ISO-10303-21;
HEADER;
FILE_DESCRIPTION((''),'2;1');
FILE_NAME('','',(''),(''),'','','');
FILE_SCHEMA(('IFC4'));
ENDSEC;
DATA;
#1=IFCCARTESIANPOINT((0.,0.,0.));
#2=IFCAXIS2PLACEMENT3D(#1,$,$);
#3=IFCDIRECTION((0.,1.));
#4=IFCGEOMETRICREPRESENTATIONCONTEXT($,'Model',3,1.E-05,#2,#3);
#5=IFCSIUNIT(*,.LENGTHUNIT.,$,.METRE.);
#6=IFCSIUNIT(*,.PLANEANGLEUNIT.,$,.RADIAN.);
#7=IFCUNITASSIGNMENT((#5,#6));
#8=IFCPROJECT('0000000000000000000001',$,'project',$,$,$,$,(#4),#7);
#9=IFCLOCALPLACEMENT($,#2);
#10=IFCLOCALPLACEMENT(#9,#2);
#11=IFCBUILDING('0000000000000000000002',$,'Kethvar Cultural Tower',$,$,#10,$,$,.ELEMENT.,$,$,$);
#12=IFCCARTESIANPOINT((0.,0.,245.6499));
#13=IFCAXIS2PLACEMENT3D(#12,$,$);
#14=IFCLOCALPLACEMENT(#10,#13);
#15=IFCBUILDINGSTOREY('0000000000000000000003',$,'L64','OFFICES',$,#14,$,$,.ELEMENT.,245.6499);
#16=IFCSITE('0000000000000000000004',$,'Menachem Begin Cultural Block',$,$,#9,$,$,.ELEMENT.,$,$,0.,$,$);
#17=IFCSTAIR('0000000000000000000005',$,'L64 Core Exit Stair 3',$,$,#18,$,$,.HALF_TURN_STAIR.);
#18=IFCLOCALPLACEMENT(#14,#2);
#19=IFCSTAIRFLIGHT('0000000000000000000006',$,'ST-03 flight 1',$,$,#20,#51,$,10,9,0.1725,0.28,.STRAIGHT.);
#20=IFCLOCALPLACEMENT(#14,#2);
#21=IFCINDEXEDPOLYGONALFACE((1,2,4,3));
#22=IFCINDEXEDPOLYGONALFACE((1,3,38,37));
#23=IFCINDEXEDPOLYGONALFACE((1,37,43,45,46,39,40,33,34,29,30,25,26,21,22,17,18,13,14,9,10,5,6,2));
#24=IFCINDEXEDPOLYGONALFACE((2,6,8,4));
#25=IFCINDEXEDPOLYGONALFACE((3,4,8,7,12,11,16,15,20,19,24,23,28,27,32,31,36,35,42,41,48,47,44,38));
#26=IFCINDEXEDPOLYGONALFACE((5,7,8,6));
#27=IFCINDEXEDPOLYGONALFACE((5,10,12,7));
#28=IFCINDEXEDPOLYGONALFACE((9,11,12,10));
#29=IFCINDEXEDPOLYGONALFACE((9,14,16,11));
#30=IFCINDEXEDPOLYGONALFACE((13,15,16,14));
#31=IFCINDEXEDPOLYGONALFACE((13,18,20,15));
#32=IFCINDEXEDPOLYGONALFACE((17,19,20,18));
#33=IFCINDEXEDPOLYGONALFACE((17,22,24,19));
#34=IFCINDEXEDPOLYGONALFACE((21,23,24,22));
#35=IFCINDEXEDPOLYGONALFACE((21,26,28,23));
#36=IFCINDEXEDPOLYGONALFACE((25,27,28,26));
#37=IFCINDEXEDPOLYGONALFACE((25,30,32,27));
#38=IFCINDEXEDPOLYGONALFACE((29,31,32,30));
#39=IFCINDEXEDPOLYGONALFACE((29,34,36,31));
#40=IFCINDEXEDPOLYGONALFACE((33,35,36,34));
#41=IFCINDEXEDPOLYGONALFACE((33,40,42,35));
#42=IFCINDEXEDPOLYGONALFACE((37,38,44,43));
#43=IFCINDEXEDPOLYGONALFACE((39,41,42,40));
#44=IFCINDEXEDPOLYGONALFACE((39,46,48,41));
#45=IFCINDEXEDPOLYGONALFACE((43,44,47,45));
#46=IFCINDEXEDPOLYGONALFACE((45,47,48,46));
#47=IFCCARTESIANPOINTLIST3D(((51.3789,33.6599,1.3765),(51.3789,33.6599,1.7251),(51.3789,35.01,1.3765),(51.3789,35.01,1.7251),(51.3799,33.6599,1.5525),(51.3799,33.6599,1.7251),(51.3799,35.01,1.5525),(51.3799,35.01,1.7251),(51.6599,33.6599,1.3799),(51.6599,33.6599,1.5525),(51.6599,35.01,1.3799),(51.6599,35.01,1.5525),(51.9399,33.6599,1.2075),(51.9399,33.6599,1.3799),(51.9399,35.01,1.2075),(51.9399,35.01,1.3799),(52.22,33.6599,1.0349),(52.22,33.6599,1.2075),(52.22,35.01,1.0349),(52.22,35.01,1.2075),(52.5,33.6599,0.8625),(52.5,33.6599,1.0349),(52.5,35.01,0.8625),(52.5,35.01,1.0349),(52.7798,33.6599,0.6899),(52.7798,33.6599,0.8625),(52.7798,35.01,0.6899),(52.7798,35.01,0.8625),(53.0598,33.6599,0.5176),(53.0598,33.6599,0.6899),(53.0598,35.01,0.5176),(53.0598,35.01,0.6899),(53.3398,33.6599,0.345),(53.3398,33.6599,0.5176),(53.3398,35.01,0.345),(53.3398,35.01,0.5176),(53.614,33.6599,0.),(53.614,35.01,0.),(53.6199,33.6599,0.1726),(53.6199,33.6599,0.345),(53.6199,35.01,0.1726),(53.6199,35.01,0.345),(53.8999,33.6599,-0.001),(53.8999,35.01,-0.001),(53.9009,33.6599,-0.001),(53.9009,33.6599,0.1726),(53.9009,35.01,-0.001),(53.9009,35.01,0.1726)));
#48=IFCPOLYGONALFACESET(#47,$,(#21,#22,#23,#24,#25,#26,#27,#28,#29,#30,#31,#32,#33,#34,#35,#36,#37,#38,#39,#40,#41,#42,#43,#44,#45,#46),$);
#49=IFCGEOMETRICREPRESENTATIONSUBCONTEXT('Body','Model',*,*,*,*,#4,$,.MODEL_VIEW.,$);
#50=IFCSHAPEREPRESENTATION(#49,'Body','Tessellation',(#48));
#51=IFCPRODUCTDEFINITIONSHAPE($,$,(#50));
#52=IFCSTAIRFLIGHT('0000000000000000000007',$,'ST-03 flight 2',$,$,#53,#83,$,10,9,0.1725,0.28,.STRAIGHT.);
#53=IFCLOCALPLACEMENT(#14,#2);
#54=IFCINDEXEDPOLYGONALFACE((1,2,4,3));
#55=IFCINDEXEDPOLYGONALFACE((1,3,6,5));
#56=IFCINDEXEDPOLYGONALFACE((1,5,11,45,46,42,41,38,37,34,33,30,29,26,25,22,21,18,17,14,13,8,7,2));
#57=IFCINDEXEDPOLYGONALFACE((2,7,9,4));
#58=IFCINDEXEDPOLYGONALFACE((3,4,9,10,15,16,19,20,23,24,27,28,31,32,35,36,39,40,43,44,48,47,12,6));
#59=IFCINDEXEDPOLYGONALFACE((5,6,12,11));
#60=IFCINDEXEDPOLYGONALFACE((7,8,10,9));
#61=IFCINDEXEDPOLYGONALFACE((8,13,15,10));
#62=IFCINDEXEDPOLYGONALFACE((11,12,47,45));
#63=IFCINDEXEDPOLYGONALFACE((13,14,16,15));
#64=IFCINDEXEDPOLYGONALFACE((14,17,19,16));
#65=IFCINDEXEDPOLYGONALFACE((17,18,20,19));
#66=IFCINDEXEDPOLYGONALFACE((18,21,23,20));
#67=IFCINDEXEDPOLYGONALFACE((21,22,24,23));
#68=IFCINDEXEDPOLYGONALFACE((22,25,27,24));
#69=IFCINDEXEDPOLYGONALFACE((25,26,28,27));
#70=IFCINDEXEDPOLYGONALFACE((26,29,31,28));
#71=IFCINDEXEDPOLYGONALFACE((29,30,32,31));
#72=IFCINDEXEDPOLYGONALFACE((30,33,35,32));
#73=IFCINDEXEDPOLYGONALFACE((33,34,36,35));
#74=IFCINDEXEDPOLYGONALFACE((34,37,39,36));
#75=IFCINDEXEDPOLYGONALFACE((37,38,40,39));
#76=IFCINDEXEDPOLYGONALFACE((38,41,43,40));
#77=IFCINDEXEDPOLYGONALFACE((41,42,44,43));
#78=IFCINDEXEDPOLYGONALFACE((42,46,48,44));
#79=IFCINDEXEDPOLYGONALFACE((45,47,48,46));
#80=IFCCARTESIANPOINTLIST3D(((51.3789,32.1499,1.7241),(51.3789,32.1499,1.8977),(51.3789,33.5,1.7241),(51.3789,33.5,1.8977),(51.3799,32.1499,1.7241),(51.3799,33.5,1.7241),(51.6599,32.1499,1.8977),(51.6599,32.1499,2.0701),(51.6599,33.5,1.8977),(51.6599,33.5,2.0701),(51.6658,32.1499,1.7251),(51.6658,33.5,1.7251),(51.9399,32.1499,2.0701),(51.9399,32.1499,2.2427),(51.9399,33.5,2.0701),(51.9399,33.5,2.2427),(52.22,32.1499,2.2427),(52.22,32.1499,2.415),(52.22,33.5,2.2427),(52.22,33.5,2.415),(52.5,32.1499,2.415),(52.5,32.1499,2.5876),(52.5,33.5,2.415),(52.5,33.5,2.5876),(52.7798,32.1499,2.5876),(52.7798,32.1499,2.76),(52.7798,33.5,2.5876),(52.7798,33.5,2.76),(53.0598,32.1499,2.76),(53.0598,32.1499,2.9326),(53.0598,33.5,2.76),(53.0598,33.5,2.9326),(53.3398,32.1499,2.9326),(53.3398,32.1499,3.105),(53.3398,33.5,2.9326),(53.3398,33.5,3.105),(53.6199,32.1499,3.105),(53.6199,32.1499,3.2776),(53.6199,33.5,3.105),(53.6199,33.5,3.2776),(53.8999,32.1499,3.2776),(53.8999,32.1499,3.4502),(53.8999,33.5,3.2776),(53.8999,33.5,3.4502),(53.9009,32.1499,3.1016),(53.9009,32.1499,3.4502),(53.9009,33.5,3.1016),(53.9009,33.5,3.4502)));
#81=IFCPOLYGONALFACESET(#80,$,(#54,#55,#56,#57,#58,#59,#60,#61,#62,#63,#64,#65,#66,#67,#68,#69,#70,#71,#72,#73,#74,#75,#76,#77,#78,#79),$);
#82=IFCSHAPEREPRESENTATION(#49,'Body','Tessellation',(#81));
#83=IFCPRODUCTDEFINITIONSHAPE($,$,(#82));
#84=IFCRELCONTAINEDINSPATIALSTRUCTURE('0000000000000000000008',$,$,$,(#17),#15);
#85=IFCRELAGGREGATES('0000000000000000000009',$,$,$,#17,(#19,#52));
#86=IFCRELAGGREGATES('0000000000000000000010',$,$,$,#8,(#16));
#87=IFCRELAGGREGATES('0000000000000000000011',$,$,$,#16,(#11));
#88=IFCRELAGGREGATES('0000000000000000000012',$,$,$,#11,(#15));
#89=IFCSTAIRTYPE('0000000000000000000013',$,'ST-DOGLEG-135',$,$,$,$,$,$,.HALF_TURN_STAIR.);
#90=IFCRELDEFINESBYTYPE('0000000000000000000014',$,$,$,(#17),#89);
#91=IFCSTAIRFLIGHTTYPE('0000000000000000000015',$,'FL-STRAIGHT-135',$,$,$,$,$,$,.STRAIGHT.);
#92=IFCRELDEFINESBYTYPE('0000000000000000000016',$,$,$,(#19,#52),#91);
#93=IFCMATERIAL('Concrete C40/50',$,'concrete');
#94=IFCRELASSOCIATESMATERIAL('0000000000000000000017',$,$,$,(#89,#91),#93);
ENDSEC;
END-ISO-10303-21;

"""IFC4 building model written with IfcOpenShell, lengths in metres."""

from ifc_helpers import new_model, si_unit, direction, frame, origin, place, context, subcontext, project, spatial, polyline, outline, extrude, material, type_object, element, aggregate, save


model = new_model("IFC4")

# Units and contexts
model_context = context("Model", 3, precision=1e-05, world=origin(), true_north=direction((0.0, 1.0)))
body_context = subcontext(model_context, "Body", "Model", "MODEL_VIEW")
ifc_project = project(units=[si_unit("LENGTHUNIT", "METRE"), si_unit("PLANEANGLEUNIT", "RADIAN")], contexts=[model_context])

# Site, building, storey
site_placement = place(None, origin())
site = spatial("IfcSite", under=ifc_project, at=site_placement, Name="Menachem Begin Cultural Block", CompositionType="ELEMENT", RefElevation=0.0)
building_placement = place(site_placement, origin())
building = spatial("IfcBuilding", under=site, at=building_placement, Name="Kethvar Cultural Tower", CompositionType="ELEMENT")
storey_placement = place(building_placement, frame((0.0, 0.0, 245.6499)))
storey = spatial("IfcBuildingStorey", under=building, at=storey_placement, Name="L64", Description="OFFICES", CompositionType="ELEMENT", Elevation=245.6499)

# Shared definitions
ifc_material_1 = material(Name="Concrete C40/50", Category="concrete")

# Stair, stair flights
stair_type = type_object("IfcStairType", Name="ST-DOGLEG-135", PredefinedType="HALF_TURN_STAIR", material=ifc_material_1)
stair_placement = place(storey_placement, origin())
stair = element("IfcStair", 1, at=stair_placement, inside=storey, type_object=stair_type, Name="L64 Core Exit Stair 3", PredefinedType="HALF_TURN_STAIR")
stair_flight_type = type_object("IfcStairFlightType", Name="FL-STRAIGHT-135", PredefinedType="STRAIGHT", material=ifc_material_1)
stair_flight_1_placement = place(storey_placement, frame((53.8999, 34.335, 0.0), z_axis=(0.0, 0.0, 1.0), x_axis=(-1.0, 0.0, 0.0)))
stair_flight_1 = element("IfcStairFlight", 2, at=stair_flight_1_placement, type_object=stair_flight_type, Name="ST-03 flight 1", NumberOfRisers=10, NumberOfTreads=9, PredefinedType="STRAIGHT", RiserHeight=0.1725, TreadLength=0.28, context=body_context, shape_type="SweptSolid", body=[
    extrude(outline(polyline([(-0.001, -0.001), (-0.001, 0.1726), (0.28, 0.1726), (0.28, 0.345), (0.5601, 0.345), (0.5601, 0.5176), (0.8401, 0.5176), (0.8401, 0.6899), (1.1201, 0.6899), (1.1201, 0.8625), (1.3999, 0.8625), (1.3999, 1.0349), (1.6799, 1.0349), (1.6799, 1.2075), (1.96, 1.2075), (1.96, 1.3799), (2.24, 1.3799), (2.24, 1.5525), (2.52, 1.5525), (2.52, 1.7251), (2.521, 1.7251), (2.521, 1.3765), (0.2859, 0.0), (0.0, -0.001), (-0.001, -0.001)])), frame((0.0, 0.675, 0.0), z_axis=(0.0, -1.0, 0.0), x_axis=(1.0, 0.0, 0.0)), (0.0, 0.0, 1.0), 1.3501),
])
stair_flight_2_placement = place(storey_placement, frame((51.3799, 32.825, 1.7251), z_axis=(0.0, 0.0, 1.0), x_axis=(1.0, 0.0, 0.0)))
stair_flight_2 = element("IfcStairFlight", 3, at=stair_flight_2_placement, type_object=stair_flight_type, Name="ST-03 flight 2", NumberOfRisers=10, NumberOfTreads=9, PredefinedType="STRAIGHT", RiserHeight=0.1725, TreadLength=0.28, context=body_context, shape_type="SweptSolid", body=[
    extrude(outline(polyline([(-0.001, -0.001), (-0.001, 0.1726), (0.28, 0.1726), (0.28, 0.345), (0.5601, 0.345), (0.5601, 0.5176), (0.8401, 0.5176), (0.8401, 0.6899), (1.1201, 0.6899), (1.1201, 0.8625), (1.3999, 0.8625), (1.3999, 1.0349), (1.6799, 1.0349), (1.6799, 1.2075), (1.96, 1.2075), (1.96, 1.3799), (2.24, 1.3799), (2.24, 1.5525), (2.52, 1.5525), (2.52, 1.7251), (2.521, 1.7251), (2.521, 1.3765), (0.2859, 0.0), (0.0, -0.001), (-0.001, -0.001)])), frame((0.0, 0.675, 0.0), z_axis=(0.0, -1.0, 0.0), x_axis=(1.0, 0.0, 0.0)), (0.0, 0.0, 1.0), 1.3501),
])
aggregate(stair, [stair_flight_1, stair_flight_2])

save(model, "model.ifc")
